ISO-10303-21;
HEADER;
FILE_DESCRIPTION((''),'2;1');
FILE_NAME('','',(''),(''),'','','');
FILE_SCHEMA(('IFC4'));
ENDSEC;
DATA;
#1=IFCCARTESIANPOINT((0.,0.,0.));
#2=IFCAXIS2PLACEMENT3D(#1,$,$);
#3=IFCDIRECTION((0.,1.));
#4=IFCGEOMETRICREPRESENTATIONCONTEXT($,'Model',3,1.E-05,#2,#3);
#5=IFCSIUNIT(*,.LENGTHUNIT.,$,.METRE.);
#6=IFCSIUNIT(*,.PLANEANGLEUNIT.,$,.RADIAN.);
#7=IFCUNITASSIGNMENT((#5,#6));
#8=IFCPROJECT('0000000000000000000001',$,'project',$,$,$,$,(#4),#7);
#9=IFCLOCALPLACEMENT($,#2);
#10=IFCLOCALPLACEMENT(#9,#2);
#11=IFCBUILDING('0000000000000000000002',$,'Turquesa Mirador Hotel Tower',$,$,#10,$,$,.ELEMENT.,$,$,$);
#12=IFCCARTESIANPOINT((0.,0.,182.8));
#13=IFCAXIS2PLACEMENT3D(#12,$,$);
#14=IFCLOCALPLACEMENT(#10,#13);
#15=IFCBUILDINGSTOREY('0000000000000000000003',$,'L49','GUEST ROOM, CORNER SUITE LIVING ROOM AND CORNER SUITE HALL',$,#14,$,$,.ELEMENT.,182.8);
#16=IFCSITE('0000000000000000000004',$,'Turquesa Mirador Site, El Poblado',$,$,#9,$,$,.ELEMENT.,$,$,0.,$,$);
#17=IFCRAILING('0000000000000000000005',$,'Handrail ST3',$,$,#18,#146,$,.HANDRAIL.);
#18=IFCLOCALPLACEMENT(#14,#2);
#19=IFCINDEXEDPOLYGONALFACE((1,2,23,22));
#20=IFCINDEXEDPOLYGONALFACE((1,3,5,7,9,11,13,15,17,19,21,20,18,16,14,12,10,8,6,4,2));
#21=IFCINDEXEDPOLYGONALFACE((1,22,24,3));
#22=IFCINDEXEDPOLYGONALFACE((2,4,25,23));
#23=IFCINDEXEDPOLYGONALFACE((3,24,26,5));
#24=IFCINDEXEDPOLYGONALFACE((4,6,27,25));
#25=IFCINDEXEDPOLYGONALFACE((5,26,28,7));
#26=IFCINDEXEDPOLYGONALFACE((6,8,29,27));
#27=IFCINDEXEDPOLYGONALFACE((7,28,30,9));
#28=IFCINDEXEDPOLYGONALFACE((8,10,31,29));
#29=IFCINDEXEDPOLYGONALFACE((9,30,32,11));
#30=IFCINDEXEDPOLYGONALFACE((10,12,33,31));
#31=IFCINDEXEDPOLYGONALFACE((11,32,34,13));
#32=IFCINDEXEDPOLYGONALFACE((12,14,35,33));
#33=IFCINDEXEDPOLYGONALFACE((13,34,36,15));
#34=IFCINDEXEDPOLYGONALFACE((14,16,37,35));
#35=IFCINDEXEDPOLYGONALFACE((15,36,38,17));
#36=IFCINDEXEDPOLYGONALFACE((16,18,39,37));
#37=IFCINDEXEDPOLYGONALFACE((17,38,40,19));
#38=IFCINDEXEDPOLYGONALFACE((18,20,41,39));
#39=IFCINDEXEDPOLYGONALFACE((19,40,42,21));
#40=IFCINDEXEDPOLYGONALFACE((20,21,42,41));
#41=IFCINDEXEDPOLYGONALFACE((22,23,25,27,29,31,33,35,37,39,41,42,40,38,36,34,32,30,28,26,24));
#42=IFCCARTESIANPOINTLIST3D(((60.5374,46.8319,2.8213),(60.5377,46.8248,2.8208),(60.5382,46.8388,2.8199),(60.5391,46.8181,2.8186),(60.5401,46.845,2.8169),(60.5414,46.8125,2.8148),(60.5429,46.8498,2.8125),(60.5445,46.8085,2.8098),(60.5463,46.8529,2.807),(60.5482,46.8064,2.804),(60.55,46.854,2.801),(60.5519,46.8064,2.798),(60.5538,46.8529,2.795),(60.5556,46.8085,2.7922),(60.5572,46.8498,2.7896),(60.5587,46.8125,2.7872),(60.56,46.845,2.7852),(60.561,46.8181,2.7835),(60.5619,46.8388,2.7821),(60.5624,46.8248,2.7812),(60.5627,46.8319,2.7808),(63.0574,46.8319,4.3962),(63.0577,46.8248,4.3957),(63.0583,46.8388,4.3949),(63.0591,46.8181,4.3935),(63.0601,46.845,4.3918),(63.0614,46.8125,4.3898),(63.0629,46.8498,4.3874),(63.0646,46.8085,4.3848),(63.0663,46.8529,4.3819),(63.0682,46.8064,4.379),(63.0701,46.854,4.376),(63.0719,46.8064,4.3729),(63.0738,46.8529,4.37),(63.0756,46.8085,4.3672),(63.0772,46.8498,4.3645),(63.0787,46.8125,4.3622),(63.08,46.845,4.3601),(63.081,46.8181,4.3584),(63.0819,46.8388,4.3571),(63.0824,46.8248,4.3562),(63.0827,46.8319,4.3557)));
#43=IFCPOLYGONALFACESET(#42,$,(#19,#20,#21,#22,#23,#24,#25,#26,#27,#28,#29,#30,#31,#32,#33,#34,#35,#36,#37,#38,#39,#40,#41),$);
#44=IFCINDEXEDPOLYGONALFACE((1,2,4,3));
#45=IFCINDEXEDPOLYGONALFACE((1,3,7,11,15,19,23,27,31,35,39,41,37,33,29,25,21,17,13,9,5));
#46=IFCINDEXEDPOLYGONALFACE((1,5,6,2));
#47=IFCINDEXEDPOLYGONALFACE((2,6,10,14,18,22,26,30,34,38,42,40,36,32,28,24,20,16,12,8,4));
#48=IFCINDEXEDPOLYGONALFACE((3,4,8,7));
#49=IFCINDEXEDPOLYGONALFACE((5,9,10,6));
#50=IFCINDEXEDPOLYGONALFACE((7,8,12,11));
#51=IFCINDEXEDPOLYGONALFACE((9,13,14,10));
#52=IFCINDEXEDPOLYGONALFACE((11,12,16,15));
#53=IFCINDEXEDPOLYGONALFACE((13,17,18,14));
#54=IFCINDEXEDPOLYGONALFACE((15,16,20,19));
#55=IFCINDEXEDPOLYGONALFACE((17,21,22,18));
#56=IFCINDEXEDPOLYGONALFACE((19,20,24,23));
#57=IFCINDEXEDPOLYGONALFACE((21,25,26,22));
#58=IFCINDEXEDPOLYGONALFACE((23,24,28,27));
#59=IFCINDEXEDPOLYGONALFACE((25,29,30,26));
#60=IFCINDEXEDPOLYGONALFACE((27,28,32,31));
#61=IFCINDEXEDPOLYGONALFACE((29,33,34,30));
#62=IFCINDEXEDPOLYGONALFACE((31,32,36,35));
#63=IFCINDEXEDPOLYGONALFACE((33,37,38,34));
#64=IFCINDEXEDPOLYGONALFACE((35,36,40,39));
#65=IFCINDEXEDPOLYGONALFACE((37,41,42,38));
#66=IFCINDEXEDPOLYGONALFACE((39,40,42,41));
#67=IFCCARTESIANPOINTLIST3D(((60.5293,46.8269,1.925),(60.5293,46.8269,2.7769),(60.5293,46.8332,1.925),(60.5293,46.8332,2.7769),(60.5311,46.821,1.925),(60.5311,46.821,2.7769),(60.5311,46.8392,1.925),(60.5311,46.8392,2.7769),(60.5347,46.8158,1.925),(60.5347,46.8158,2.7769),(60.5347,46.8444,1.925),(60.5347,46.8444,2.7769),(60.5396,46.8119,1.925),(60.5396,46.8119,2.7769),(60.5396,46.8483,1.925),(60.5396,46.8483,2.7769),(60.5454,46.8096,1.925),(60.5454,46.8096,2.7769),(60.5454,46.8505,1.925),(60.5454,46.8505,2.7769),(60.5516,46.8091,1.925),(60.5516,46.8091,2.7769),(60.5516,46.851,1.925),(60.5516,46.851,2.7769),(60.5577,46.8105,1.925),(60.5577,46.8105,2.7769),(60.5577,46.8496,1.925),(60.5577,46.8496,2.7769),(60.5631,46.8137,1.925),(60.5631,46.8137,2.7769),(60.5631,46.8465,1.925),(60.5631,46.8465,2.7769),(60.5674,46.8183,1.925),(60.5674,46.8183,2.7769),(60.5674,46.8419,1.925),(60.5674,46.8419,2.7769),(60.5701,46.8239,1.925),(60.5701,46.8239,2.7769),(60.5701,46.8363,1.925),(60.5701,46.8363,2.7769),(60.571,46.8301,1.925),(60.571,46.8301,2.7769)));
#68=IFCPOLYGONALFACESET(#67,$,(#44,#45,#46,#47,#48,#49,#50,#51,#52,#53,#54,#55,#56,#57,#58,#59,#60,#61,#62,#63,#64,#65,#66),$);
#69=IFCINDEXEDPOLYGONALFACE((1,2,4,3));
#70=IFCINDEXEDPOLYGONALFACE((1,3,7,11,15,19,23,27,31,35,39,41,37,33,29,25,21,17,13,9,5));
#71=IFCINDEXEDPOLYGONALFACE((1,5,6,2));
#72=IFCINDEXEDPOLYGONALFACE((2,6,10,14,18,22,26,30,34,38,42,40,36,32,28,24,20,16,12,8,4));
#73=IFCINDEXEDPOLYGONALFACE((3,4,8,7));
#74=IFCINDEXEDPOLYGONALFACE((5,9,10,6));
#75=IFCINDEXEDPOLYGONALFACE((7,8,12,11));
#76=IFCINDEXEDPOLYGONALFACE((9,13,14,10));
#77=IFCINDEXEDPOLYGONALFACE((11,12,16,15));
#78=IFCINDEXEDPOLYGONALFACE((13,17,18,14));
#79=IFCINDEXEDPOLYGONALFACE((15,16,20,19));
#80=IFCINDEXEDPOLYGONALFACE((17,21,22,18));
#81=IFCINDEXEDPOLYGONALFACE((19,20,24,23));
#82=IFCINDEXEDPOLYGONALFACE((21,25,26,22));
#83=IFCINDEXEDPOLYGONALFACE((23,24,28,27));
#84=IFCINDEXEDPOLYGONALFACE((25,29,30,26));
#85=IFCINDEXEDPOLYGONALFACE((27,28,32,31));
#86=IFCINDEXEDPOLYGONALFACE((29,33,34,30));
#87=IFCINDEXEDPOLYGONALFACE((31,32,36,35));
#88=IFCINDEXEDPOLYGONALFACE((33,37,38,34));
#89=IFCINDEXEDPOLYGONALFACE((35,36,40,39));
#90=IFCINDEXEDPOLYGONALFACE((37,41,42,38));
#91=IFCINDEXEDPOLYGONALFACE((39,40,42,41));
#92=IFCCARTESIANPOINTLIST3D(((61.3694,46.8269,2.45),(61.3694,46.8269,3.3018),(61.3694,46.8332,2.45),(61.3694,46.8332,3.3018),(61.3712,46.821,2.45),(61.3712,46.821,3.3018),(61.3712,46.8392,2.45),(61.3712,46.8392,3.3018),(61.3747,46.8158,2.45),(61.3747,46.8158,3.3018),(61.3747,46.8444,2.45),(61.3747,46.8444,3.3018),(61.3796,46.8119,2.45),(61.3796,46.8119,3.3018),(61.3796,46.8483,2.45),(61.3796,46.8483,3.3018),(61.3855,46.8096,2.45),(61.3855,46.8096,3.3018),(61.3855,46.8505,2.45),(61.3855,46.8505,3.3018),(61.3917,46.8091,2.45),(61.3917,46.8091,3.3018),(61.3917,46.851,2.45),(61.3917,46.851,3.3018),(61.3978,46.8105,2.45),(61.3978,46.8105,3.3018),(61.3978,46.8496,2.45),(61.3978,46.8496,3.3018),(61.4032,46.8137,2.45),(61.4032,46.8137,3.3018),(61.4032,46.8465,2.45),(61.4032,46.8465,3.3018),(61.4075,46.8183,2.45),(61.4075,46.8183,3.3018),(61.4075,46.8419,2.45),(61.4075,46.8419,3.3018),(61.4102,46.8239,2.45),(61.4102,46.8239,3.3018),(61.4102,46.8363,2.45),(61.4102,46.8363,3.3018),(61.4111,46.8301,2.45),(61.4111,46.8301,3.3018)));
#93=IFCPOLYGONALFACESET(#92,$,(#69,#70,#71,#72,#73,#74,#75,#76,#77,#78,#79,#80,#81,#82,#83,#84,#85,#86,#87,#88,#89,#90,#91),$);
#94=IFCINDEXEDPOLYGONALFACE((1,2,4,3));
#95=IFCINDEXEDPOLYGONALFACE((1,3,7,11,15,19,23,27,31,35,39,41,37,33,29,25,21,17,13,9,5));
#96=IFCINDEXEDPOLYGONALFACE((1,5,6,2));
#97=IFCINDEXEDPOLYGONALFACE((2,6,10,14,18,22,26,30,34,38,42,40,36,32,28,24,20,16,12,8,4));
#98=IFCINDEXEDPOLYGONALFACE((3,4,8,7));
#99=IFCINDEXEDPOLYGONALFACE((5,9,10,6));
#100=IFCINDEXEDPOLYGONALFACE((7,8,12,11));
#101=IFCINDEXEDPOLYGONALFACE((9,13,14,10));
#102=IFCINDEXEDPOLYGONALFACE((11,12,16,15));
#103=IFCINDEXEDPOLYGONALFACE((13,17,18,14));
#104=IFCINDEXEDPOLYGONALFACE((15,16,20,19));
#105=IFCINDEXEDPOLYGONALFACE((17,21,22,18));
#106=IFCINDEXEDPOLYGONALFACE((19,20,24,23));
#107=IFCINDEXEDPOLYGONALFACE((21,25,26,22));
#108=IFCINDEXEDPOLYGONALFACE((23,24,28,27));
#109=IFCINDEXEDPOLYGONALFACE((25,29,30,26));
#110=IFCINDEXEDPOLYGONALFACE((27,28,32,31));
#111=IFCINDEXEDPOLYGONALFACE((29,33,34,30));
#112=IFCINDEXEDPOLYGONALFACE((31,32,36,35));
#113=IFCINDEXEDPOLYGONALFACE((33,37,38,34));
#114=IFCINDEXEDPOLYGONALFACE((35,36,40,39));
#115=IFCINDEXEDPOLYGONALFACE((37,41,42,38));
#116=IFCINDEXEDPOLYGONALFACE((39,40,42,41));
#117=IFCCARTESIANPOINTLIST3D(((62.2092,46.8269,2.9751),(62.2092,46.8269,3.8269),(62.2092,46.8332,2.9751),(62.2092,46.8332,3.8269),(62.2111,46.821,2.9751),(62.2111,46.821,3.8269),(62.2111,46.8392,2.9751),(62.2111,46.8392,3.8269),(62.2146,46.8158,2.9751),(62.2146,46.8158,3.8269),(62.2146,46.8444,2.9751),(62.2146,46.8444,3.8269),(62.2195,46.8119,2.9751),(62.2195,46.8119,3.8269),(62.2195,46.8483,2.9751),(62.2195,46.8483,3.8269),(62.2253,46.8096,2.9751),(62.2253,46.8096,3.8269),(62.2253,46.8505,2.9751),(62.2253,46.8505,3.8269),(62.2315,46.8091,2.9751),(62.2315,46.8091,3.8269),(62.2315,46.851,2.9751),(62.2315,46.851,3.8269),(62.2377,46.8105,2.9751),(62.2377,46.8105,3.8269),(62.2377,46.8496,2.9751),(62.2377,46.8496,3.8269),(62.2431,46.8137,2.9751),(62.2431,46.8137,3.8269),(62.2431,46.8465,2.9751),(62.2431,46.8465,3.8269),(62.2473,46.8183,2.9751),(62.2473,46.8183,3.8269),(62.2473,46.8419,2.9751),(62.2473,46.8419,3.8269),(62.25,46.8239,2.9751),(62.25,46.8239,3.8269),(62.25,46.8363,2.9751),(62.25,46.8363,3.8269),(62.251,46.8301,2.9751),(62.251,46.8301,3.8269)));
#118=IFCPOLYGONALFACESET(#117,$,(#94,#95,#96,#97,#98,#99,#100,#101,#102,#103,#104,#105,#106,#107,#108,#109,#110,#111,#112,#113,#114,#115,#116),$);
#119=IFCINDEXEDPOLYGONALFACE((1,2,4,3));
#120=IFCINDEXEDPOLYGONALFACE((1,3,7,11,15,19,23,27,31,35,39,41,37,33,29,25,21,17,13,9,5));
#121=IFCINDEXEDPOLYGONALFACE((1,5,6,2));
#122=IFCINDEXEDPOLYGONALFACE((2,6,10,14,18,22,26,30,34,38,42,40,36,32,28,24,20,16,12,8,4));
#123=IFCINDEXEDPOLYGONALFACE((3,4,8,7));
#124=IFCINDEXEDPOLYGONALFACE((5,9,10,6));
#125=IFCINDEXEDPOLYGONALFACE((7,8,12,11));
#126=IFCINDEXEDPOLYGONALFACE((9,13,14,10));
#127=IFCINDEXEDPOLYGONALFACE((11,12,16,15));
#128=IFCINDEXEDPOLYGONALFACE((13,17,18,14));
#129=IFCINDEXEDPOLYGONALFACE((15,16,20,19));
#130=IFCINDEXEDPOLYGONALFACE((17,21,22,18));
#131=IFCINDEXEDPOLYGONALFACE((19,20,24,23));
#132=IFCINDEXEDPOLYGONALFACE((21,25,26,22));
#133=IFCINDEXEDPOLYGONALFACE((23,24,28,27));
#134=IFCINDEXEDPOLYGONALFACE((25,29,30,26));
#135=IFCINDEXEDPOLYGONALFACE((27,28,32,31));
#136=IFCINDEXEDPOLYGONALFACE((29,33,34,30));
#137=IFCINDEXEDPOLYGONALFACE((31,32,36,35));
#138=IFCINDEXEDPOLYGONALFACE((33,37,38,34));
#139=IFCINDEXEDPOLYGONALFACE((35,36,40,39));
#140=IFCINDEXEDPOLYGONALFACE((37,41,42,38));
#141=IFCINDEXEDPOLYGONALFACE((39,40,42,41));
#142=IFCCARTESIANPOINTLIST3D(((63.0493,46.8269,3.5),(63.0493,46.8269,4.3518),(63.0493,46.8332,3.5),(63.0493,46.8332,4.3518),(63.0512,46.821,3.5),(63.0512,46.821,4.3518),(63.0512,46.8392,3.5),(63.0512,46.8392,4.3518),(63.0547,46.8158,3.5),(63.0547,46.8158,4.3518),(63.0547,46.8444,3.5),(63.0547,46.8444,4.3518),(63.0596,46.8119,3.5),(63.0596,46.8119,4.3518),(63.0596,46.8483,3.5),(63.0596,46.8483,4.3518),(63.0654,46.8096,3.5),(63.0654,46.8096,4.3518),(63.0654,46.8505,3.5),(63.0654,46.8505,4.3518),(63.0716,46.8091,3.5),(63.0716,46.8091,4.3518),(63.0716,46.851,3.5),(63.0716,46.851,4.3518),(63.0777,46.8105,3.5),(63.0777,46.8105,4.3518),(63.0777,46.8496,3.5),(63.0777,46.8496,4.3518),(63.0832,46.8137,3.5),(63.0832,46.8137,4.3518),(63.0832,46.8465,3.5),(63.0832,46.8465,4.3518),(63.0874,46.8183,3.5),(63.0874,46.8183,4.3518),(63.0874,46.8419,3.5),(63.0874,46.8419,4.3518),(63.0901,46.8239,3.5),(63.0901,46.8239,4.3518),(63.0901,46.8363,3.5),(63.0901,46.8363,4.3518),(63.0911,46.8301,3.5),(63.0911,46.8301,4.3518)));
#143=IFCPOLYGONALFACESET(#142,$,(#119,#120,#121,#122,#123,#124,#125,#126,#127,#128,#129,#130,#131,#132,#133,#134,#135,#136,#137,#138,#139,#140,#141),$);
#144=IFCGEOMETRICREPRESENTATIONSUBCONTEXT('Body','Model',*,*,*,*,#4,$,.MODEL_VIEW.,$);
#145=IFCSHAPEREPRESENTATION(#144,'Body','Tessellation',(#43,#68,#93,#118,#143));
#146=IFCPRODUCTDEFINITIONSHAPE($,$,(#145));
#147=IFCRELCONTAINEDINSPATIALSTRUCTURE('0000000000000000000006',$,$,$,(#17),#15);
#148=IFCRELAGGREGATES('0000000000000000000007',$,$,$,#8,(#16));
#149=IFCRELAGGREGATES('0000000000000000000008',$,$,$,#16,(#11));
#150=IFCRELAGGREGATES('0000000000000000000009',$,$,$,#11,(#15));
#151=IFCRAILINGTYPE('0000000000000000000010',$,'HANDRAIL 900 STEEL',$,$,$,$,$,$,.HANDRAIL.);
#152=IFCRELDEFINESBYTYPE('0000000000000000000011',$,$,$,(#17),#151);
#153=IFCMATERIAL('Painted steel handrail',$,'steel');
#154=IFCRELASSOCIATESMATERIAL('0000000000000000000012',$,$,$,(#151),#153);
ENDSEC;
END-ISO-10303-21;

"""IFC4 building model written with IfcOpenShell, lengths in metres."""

from ifc_helpers import new_model, si_unit, direction, frame, origin, origin_2d, place, context, subcontext, project, spatial, circle, extrude, material, type_object, element, save


model = new_model("IFC4")

# Units and contexts
model_context = context("Model", 3, precision=1e-05, world=origin(), true_north=direction((0.0, 1.0)))
body_context = subcontext(model_context, "Body", "Model", "MODEL_VIEW")
ifc_project = project(units=[si_unit("LENGTHUNIT", "METRE"), si_unit("PLANEANGLEUNIT", "RADIAN")], contexts=[model_context])

# Site, building, storey
site_placement = place(None, origin())
site = spatial("IfcSite", under=ifc_project, at=site_placement, Name="Turquesa Mirador Site, El Poblado", CompositionType="ELEMENT", RefElevation=0.0)
building_placement = place(site_placement, origin())
building = spatial("IfcBuilding", under=site, at=building_placement, Name="Turquesa Mirador Hotel Tower", CompositionType="ELEMENT")
storey_placement = place(building_placement, frame((0.0, 0.0, 182.8)))
storey = spatial("IfcBuildingStorey", under=building, at=storey_placement, Name="L49", Description="GUEST ROOM, CORNER SUITE LIVING ROOM AND CORNER SUITE HALL", CompositionType="ELEMENT", Elevation=182.8)

# Railing
ifc_material_1 = material(Name="Painted steel handrail", Category="steel")
railing_type = type_object("IfcRailingType", Name="HANDRAIL 900 STEEL", PredefinedType="HANDRAIL", material=ifc_material_1)
railing_1_placement = place(storey_placement, frame((60.55, 46.8301, 1.925)))
element("IfcRailing", 1, at=railing_1_placement, inside=storey, type_object=railing_type, Name="Handrail ST3", PredefinedType="HANDRAIL", context=body_context, shape_type="SweptSolid", body=[
    extrude(circle(Radius=0.0239, at=origin_2d()), frame((0.0, 0.0, 0.876), z_axis=(0.848008, 0.0, 0.529984), x_axis=(0.0, 1.0, 0.0)), (0.0, 0.0, 1.0), 2.9717),
    extrude(circle(Radius=0.021, at=origin_2d()), origin(), (0.0, 0.0, 1.0), 0.8518),
    extrude(circle(Radius=0.021, at=origin_2d()), frame((0.8401, 0.0, 0.5249)), (0.0, 0.0, 1.0), 0.8518),
    extrude(circle(Radius=0.021, at=origin_2d()), frame((1.6799, 0.0, 1.05)), (0.0, 0.0, 1.0), 0.8518),
    extrude(circle(Radius=0.021, at=origin_2d()), frame((2.52, 0.0, 1.575)), (0.0, 0.0, 1.0), 0.8518),
])

save(model, "model.ifc")
